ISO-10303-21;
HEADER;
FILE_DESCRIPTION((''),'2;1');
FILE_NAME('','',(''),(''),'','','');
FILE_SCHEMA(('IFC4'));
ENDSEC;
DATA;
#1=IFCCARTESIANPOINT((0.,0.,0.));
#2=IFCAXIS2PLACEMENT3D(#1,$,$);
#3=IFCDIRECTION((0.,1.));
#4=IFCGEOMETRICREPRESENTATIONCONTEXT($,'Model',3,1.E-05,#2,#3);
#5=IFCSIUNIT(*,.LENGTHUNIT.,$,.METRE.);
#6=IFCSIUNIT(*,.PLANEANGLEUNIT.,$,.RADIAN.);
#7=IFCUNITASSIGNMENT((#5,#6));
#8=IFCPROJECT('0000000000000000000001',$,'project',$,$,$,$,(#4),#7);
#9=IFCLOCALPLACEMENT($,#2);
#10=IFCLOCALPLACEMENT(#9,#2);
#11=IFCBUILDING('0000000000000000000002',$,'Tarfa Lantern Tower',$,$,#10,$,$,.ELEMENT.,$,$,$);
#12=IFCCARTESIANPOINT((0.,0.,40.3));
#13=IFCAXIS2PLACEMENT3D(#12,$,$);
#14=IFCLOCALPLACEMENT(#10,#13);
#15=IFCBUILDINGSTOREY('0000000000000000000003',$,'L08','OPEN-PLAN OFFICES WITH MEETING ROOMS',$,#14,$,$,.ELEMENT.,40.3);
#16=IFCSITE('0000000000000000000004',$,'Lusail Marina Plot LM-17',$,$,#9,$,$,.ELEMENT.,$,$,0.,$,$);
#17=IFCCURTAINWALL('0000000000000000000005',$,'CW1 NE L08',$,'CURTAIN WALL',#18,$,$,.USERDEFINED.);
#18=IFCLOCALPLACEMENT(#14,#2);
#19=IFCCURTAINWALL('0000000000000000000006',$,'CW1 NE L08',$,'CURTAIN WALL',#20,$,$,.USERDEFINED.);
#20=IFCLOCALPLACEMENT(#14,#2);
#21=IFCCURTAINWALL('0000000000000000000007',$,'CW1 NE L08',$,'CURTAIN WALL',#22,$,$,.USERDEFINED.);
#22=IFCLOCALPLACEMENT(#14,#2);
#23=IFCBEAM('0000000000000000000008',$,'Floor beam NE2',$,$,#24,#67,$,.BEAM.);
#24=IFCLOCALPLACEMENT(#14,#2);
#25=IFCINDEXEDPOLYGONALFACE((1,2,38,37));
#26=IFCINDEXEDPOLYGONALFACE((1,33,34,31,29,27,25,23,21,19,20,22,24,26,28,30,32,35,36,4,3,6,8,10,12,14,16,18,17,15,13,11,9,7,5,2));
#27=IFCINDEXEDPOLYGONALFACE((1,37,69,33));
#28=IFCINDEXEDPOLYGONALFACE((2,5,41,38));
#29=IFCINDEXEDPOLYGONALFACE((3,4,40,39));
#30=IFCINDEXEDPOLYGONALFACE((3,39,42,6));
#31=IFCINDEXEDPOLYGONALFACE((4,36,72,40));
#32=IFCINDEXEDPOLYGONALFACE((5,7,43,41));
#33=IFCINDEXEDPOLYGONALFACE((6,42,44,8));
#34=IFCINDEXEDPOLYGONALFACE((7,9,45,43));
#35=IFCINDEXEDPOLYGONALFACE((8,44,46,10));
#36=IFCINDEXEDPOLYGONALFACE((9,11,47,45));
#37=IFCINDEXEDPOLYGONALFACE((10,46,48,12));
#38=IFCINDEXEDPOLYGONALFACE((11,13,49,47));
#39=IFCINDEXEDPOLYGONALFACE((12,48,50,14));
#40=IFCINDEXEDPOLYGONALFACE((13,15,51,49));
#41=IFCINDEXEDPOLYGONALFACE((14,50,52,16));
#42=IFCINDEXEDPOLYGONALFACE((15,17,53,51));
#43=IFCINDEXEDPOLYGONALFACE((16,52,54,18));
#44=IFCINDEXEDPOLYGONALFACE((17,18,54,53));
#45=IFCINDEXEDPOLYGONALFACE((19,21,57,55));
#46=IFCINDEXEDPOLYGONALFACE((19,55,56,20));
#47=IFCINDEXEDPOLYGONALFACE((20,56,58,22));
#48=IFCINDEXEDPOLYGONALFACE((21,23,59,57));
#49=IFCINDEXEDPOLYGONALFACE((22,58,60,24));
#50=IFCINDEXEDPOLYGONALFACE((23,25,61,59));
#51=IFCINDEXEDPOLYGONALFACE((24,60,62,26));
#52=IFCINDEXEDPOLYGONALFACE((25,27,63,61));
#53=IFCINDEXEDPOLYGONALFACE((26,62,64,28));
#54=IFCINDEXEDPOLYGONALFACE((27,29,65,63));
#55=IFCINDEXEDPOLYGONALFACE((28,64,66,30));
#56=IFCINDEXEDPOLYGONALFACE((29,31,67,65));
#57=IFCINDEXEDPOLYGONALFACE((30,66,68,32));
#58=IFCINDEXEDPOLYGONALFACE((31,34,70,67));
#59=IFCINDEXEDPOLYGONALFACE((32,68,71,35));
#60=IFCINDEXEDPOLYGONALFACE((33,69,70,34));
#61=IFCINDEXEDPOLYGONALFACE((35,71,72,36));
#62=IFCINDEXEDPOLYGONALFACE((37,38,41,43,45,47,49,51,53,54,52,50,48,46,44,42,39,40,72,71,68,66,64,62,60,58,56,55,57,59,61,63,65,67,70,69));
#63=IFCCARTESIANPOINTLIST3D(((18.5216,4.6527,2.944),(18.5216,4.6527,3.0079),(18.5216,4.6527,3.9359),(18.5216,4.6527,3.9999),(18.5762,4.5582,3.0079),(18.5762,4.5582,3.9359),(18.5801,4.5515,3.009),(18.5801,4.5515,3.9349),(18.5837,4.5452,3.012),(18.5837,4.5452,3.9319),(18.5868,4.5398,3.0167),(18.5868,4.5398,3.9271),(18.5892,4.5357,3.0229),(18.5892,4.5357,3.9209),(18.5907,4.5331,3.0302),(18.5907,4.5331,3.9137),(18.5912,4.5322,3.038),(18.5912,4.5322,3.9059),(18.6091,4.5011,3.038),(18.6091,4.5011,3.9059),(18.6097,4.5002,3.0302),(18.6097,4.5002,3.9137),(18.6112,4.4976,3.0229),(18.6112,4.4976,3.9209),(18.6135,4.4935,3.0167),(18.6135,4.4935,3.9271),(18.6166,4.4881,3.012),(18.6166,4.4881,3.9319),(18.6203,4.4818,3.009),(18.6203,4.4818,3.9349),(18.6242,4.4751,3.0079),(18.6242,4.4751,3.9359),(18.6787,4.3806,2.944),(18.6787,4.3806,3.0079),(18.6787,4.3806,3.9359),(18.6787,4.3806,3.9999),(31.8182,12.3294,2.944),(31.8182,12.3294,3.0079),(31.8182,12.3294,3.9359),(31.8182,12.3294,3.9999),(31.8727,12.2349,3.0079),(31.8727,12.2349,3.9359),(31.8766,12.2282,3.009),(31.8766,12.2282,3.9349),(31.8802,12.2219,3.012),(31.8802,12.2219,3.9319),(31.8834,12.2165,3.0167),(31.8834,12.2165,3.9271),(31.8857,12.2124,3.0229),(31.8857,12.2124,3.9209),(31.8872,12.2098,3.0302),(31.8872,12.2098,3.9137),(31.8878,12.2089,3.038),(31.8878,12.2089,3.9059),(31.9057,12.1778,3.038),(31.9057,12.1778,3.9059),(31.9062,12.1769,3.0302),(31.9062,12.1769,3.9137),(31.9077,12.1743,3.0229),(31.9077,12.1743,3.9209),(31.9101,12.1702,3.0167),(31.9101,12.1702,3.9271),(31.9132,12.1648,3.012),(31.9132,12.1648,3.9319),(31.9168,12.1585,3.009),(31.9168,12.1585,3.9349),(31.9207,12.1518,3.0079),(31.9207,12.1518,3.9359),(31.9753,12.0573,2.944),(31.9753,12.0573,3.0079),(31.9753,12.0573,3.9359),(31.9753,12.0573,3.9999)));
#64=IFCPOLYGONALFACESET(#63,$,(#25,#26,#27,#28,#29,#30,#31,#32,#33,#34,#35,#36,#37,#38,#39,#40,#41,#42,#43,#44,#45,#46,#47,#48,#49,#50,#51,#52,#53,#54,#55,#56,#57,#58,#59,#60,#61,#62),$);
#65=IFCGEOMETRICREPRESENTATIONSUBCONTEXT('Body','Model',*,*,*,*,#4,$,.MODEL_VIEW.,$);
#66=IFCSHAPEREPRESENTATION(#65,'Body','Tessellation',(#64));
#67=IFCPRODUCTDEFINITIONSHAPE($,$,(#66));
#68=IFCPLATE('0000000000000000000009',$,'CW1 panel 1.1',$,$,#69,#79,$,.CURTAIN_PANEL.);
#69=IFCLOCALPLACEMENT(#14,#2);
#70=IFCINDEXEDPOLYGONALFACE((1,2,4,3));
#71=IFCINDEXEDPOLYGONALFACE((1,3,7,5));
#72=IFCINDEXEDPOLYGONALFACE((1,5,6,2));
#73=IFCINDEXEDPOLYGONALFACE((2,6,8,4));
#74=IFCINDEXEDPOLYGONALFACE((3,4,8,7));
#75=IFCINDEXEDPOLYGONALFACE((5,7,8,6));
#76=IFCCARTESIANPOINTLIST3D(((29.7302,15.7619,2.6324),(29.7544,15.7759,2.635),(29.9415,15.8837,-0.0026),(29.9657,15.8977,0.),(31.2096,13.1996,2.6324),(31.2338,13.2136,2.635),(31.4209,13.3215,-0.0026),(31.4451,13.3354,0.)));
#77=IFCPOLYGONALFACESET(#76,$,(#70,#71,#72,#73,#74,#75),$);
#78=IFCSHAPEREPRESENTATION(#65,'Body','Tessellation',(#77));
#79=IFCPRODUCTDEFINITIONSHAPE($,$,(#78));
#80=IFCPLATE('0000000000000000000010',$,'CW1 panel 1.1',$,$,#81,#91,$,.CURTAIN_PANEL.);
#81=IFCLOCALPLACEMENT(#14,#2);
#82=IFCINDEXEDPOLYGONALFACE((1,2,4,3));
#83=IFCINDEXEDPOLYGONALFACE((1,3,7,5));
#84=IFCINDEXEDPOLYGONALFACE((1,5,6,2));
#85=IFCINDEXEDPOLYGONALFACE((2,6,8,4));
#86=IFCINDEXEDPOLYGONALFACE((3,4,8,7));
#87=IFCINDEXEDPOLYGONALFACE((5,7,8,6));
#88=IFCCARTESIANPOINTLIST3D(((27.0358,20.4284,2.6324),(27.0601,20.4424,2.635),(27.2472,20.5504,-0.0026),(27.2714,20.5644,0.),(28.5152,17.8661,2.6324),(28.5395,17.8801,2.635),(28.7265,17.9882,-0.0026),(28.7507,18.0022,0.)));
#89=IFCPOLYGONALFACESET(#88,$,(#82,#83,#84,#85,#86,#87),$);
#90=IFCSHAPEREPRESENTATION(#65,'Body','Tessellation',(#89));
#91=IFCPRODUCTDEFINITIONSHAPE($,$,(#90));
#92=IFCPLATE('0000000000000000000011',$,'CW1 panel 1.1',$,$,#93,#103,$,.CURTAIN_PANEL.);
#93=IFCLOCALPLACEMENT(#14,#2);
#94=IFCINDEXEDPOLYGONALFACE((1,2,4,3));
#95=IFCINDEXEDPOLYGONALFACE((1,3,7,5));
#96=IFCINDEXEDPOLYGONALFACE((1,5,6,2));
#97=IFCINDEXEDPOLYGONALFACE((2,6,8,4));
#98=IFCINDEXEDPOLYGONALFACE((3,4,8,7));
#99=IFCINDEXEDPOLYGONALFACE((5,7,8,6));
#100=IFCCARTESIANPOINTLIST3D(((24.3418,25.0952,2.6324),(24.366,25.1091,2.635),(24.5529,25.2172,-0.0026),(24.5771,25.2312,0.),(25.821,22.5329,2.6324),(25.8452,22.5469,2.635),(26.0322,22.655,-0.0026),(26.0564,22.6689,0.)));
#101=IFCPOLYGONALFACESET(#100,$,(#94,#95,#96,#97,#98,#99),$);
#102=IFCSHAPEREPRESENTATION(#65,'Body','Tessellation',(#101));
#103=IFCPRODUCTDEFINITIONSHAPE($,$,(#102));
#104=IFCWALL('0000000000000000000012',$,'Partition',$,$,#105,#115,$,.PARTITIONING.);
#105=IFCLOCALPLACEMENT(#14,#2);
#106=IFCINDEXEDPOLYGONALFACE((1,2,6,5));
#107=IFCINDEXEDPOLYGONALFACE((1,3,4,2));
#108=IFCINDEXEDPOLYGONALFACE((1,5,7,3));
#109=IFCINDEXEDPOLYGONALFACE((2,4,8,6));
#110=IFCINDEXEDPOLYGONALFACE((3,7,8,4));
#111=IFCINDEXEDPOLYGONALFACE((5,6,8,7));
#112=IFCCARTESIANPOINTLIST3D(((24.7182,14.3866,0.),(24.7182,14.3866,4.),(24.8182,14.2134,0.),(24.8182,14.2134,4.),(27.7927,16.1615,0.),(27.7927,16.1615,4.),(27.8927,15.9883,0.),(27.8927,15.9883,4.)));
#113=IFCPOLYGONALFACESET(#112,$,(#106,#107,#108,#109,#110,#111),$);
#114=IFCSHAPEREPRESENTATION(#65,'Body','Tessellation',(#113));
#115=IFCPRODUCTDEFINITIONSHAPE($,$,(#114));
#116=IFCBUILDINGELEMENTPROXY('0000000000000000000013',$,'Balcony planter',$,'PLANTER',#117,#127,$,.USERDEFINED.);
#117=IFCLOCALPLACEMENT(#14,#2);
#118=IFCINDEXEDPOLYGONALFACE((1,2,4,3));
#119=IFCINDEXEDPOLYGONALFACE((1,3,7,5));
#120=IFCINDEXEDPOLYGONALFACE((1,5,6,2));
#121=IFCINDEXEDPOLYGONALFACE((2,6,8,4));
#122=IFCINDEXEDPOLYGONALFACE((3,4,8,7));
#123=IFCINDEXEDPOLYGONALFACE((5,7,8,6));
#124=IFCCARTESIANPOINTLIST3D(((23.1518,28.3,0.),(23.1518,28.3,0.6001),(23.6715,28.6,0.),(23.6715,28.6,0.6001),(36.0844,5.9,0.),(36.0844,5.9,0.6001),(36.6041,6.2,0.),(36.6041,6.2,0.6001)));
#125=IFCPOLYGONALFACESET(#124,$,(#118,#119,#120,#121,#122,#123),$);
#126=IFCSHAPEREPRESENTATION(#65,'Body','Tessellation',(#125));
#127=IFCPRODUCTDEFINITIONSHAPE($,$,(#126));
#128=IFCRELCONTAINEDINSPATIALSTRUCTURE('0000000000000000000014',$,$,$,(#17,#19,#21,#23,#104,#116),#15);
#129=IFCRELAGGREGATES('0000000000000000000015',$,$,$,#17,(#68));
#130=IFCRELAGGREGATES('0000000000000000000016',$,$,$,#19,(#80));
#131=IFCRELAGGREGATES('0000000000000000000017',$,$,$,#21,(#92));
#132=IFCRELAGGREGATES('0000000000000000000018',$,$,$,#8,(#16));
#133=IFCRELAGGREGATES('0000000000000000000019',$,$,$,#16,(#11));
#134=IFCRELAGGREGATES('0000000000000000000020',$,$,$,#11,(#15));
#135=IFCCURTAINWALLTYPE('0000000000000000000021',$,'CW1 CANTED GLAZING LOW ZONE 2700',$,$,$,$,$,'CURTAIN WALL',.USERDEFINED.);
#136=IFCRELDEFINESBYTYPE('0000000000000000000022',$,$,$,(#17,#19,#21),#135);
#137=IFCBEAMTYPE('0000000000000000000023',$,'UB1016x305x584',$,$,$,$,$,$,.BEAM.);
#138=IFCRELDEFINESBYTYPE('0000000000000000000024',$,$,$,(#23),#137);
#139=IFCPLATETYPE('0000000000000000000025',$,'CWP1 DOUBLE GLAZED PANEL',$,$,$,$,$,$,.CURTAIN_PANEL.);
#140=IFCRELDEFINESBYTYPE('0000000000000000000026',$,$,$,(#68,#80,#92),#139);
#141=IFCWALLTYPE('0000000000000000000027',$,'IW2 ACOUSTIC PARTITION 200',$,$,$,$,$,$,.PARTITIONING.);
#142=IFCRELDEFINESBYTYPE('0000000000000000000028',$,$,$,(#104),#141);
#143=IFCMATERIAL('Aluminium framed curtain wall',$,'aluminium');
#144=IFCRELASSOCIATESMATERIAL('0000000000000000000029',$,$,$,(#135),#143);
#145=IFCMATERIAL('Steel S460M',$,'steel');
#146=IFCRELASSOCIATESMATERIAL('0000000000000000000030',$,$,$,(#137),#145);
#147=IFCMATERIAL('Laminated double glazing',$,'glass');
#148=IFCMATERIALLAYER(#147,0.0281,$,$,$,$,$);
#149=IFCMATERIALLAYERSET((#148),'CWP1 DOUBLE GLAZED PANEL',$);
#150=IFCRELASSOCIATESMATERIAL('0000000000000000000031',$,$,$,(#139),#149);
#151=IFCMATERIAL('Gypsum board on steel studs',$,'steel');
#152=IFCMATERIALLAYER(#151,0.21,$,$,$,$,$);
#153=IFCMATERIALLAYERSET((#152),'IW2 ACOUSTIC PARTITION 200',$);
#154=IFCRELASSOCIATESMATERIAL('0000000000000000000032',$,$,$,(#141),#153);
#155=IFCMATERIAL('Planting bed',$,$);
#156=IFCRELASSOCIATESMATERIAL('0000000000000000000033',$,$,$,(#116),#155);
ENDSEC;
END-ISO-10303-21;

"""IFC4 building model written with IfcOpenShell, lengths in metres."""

from ifc_helpers import new_model, si_unit, direction, frame, frame_2d, origin, origin_2d, place, context, subcontext, project, spatial, polyline, rectangle, i_section, outline, extrude, material, layer, layer_set, material_profile, profile_set, type_object, element, aggregate, save


model = new_model("IFC4")

# Units and contexts
model_context = context("Model", 3, precision=1e-05, world=origin(), true_north=direction((0.0, 1.0)))
body_context = subcontext(model_context, "Body", "Model", "MODEL_VIEW")
ifc_project = project(units=[si_unit("LENGTHUNIT", "METRE"), si_unit("PLANEANGLEUNIT", "RADIAN")], contexts=[model_context])

# Site, building, storey
site_placement = place(None, origin())
site = spatial("IfcSite", under=ifc_project, at=site_placement, Name="Lusail Marina Plot LM-17", CompositionType="ELEMENT", RefElevation=0.0)
building_placement = place(site_placement, origin())
building = spatial("IfcBuilding", under=site, at=building_placement, Name="Tarfa Lantern Tower", CompositionType="ELEMENT")
storey_placement = place(building_placement, frame((0.0, 0.0, 40.3)))
storey = spatial("IfcBuildingStorey", under=building, at=storey_placement, Name="L08", Description="OPEN-PLAN OFFICES WITH MEETING ROOMS", CompositionType="ELEMENT", Elevation=40.3)

# Curtain walls
ifc_material_1 = material(Name="Aluminium framed curtain wall", Category="aluminium")
curtain_wall_type = type_object("IfcCurtainWallType", Name="CW1 CANTED GLAZING LOW ZONE 2700", ElementType="CURTAIN WALL", PredefinedType="USERDEFINED", material=ifc_material_1)
curtain_wall_1_placement = place(storey_placement, origin())
curtain_wall_1 = element("IfcCurtainWall", 1, at=curtain_wall_1_placement, inside=storey, type_object=curtain_wall_type, Name="CW1 NE L08", ObjectType="CURTAIN WALL", PredefinedType="USERDEFINED")
curtain_wall_2_placement = place(storey_placement, origin())
curtain_wall_2 = element("IfcCurtainWall", 2, at=curtain_wall_2_placement, inside=storey, type_object=curtain_wall_type, Name="CW1 NE L08", ObjectType="CURTAIN WALL", PredefinedType="USERDEFINED")
curtain_wall_3_placement = place(storey_placement, origin())
curtain_wall_3 = element("IfcCurtainWall", 3, at=curtain_wall_3_placement, inside=storey, type_object=curtain_wall_type, Name="CW1 NE L08", ObjectType="CURTAIN WALL", PredefinedType="USERDEFINED")

# Beam
ifc_material_2 = material(Name="Steel S460M", Category="steel")
ifc_material_profile_1 = material_profile(ifc_material_2, i_section(OverallWidth=0.3142, OverallDepth=1.0559, WebThickness=0.0359, FlangeThickness=0.064, FilletRadius=0.03, at=origin_2d()), Name="UB1016x305x584")
ifc_profile_set_1 = profile_set([ifc_material_profile_1], Name="Steel S460M")
beam_type_1 = type_object("IfcBeamType", Name="UB1016x305x584", PredefinedType="BEAM", material=ifc_profile_set_1)
beam_1_placement = place(storey_placement, frame((31.8967, 12.1934, 3.4719), z_axis=(-0.866027, -0.499997, 0.0), x_axis=(0.499997, -0.866027, 0.0)))
element("IfcBeam", 4, at=beam_1_placement, inside=storey, type_object=beam_type_1, Name="Floor beam NE2", PredefinedType="BEAM", context=body_context, shape_type="SweptSolid", body=[
    extrude(i_section(OverallWidth=0.3142, OverallDepth=1.0559, WebThickness=0.0359, FlangeThickness=0.064, FilletRadius=0.03, at=origin_2d()), origin(), (0.0, 0.0, 1.0), 15.3535),
])

# Plates
ifc_material_3 = material(Name="Laminated double glazing", Category="glass")
ifc_layer_1 = layer(ifc_material_3, 0.0281)
ifc_layer_set_1 = layer_set([ifc_layer_1], Name="CWP1 DOUBLE GLAZED PANEL")
plate_type = type_object("IfcPlateType", Name="CWP1 DOUBLE GLAZED PANEL", PredefinedType="CURTAIN_PANEL", material=ifc_layer_set_1)
plate_1_placement = place(storey_placement, frame((31.4451, 13.3354, 0.0), z_axis=(0.862332, 0.497885, 0.09217), x_axis=(-0.500013, 0.866018, -0.000003)))
plate_1 = element("IfcPlate", 5, at=plate_1_placement, type_object=plate_type, Name="CW1 panel 1.1", PredefinedType="CURTAIN_PANEL", context=body_context, shape_type="SweptSolid", body=[
    extrude(outline(polyline([(0.0, 0.0), (2.9586, 0.0), (2.9588, 2.6463), (0.0001, 2.6463), (0.0, 0.0)])), origin(), (0.0, 0.0, -1.0), 0.0281),
])
aggregate(curtain_wall_1, [plate_1])
plate_2_placement = place(storey_placement, frame((28.7507, 18.0022, 0.0), z_axis=(0.862328, 0.497882, 0.092216), x_axis=(-0.500013, 0.866018, -0.000003)))
plate_2 = element("IfcPlate", 6, at=plate_2_placement, type_object=plate_type, Name="CW1 panel 1.1", PredefinedType="CURTAIN_PANEL", context=body_context, shape_type="SweptSolid", body=[
    extrude(outline(polyline([(0.0, 0.0), (2.9586, 0.0), (2.9586, 2.6463), (-0.0001, 2.6463), (0.0, 0.0)])), origin(), (0.0, 0.0, -1.0), 0.0281),
])
aggregate(curtain_wall_2, [plate_2])
plate_3_placement = place(storey_placement, frame((26.0564, 22.6689, 0.0), z_axis=(0.862349, 0.497853, 0.092176), x_axis=(-0.499982, 0.866036, 0.0)))
plate_3 = element("IfcPlate", 7, at=plate_3_placement, type_object=plate_type, Name="CW1 panel 1.1", PredefinedType="CURTAIN_PANEL", context=body_context, shape_type="SweptSolid", body=[
    extrude(outline(polyline([(0.0, 0.0), (2.9586, 0.0), (2.9585, 2.6463), (-0.0001, 2.6463), (0.0, 0.0)])), origin(), (0.0, 0.0, -1.0), 0.0281),
])
aggregate(curtain_wall_3, [plate_3])

# Wall
ifc_material_4 = material(Name="Gypsum board on steel studs", Category="steel")
ifc_layer_2 = layer(ifc_material_4, 0.21)
ifc_layer_set_2 = layer_set([ifc_layer_2], Name="IW2 ACOUSTIC PARTITION 200")
wall_type = type_object("IfcWallType", Name="IW2 ACOUSTIC PARTITION 200", PredefinedType="PARTITIONING", material=ifc_layer_set_2)
wall_placement = place(storey_placement, frame((24.7683, 14.3, 0.0), z_axis=(0.0, 0.0, 1.0), x_axis=(0.866042, 0.49997, 0.0)))
element("IfcWall", 8, at=wall_placement, inside=storey, type_object=wall_type, Name="Partition", PredefinedType="PARTITIONING", context=body_context, shape_type="SweptSolid", body=[
    extrude(rectangle(XDim=3.55, YDim=0.2, at=frame_2d((1.7749, 0.0))), origin(), (0.0, 0.0, 1.0), 4.0),
])

# Building element proxy
ifc_material_5 = material(Name="Planting bed")
proxy_placement = place(storey_placement, frame((29.8779, 17.25, 0.0), z_axis=(0.0, 0.0, 1.0), x_axis=(-0.5, 0.866025, 0.0)))
element("IfcBuildingElementProxy", 9, at=proxy_placement, inside=storey, material=ifc_material_5, Name="Balcony planter", ObjectType="PLANTER", PredefinedType="USERDEFINED", context=body_context, shape_type="SweptSolid", body=[
    extrude(rectangle(XDim=25.8652, YDim=0.6001, at=origin_2d()), origin(), (0.0, 0.0, 1.0), 0.6001),
])

save(model, "model.ifc")
